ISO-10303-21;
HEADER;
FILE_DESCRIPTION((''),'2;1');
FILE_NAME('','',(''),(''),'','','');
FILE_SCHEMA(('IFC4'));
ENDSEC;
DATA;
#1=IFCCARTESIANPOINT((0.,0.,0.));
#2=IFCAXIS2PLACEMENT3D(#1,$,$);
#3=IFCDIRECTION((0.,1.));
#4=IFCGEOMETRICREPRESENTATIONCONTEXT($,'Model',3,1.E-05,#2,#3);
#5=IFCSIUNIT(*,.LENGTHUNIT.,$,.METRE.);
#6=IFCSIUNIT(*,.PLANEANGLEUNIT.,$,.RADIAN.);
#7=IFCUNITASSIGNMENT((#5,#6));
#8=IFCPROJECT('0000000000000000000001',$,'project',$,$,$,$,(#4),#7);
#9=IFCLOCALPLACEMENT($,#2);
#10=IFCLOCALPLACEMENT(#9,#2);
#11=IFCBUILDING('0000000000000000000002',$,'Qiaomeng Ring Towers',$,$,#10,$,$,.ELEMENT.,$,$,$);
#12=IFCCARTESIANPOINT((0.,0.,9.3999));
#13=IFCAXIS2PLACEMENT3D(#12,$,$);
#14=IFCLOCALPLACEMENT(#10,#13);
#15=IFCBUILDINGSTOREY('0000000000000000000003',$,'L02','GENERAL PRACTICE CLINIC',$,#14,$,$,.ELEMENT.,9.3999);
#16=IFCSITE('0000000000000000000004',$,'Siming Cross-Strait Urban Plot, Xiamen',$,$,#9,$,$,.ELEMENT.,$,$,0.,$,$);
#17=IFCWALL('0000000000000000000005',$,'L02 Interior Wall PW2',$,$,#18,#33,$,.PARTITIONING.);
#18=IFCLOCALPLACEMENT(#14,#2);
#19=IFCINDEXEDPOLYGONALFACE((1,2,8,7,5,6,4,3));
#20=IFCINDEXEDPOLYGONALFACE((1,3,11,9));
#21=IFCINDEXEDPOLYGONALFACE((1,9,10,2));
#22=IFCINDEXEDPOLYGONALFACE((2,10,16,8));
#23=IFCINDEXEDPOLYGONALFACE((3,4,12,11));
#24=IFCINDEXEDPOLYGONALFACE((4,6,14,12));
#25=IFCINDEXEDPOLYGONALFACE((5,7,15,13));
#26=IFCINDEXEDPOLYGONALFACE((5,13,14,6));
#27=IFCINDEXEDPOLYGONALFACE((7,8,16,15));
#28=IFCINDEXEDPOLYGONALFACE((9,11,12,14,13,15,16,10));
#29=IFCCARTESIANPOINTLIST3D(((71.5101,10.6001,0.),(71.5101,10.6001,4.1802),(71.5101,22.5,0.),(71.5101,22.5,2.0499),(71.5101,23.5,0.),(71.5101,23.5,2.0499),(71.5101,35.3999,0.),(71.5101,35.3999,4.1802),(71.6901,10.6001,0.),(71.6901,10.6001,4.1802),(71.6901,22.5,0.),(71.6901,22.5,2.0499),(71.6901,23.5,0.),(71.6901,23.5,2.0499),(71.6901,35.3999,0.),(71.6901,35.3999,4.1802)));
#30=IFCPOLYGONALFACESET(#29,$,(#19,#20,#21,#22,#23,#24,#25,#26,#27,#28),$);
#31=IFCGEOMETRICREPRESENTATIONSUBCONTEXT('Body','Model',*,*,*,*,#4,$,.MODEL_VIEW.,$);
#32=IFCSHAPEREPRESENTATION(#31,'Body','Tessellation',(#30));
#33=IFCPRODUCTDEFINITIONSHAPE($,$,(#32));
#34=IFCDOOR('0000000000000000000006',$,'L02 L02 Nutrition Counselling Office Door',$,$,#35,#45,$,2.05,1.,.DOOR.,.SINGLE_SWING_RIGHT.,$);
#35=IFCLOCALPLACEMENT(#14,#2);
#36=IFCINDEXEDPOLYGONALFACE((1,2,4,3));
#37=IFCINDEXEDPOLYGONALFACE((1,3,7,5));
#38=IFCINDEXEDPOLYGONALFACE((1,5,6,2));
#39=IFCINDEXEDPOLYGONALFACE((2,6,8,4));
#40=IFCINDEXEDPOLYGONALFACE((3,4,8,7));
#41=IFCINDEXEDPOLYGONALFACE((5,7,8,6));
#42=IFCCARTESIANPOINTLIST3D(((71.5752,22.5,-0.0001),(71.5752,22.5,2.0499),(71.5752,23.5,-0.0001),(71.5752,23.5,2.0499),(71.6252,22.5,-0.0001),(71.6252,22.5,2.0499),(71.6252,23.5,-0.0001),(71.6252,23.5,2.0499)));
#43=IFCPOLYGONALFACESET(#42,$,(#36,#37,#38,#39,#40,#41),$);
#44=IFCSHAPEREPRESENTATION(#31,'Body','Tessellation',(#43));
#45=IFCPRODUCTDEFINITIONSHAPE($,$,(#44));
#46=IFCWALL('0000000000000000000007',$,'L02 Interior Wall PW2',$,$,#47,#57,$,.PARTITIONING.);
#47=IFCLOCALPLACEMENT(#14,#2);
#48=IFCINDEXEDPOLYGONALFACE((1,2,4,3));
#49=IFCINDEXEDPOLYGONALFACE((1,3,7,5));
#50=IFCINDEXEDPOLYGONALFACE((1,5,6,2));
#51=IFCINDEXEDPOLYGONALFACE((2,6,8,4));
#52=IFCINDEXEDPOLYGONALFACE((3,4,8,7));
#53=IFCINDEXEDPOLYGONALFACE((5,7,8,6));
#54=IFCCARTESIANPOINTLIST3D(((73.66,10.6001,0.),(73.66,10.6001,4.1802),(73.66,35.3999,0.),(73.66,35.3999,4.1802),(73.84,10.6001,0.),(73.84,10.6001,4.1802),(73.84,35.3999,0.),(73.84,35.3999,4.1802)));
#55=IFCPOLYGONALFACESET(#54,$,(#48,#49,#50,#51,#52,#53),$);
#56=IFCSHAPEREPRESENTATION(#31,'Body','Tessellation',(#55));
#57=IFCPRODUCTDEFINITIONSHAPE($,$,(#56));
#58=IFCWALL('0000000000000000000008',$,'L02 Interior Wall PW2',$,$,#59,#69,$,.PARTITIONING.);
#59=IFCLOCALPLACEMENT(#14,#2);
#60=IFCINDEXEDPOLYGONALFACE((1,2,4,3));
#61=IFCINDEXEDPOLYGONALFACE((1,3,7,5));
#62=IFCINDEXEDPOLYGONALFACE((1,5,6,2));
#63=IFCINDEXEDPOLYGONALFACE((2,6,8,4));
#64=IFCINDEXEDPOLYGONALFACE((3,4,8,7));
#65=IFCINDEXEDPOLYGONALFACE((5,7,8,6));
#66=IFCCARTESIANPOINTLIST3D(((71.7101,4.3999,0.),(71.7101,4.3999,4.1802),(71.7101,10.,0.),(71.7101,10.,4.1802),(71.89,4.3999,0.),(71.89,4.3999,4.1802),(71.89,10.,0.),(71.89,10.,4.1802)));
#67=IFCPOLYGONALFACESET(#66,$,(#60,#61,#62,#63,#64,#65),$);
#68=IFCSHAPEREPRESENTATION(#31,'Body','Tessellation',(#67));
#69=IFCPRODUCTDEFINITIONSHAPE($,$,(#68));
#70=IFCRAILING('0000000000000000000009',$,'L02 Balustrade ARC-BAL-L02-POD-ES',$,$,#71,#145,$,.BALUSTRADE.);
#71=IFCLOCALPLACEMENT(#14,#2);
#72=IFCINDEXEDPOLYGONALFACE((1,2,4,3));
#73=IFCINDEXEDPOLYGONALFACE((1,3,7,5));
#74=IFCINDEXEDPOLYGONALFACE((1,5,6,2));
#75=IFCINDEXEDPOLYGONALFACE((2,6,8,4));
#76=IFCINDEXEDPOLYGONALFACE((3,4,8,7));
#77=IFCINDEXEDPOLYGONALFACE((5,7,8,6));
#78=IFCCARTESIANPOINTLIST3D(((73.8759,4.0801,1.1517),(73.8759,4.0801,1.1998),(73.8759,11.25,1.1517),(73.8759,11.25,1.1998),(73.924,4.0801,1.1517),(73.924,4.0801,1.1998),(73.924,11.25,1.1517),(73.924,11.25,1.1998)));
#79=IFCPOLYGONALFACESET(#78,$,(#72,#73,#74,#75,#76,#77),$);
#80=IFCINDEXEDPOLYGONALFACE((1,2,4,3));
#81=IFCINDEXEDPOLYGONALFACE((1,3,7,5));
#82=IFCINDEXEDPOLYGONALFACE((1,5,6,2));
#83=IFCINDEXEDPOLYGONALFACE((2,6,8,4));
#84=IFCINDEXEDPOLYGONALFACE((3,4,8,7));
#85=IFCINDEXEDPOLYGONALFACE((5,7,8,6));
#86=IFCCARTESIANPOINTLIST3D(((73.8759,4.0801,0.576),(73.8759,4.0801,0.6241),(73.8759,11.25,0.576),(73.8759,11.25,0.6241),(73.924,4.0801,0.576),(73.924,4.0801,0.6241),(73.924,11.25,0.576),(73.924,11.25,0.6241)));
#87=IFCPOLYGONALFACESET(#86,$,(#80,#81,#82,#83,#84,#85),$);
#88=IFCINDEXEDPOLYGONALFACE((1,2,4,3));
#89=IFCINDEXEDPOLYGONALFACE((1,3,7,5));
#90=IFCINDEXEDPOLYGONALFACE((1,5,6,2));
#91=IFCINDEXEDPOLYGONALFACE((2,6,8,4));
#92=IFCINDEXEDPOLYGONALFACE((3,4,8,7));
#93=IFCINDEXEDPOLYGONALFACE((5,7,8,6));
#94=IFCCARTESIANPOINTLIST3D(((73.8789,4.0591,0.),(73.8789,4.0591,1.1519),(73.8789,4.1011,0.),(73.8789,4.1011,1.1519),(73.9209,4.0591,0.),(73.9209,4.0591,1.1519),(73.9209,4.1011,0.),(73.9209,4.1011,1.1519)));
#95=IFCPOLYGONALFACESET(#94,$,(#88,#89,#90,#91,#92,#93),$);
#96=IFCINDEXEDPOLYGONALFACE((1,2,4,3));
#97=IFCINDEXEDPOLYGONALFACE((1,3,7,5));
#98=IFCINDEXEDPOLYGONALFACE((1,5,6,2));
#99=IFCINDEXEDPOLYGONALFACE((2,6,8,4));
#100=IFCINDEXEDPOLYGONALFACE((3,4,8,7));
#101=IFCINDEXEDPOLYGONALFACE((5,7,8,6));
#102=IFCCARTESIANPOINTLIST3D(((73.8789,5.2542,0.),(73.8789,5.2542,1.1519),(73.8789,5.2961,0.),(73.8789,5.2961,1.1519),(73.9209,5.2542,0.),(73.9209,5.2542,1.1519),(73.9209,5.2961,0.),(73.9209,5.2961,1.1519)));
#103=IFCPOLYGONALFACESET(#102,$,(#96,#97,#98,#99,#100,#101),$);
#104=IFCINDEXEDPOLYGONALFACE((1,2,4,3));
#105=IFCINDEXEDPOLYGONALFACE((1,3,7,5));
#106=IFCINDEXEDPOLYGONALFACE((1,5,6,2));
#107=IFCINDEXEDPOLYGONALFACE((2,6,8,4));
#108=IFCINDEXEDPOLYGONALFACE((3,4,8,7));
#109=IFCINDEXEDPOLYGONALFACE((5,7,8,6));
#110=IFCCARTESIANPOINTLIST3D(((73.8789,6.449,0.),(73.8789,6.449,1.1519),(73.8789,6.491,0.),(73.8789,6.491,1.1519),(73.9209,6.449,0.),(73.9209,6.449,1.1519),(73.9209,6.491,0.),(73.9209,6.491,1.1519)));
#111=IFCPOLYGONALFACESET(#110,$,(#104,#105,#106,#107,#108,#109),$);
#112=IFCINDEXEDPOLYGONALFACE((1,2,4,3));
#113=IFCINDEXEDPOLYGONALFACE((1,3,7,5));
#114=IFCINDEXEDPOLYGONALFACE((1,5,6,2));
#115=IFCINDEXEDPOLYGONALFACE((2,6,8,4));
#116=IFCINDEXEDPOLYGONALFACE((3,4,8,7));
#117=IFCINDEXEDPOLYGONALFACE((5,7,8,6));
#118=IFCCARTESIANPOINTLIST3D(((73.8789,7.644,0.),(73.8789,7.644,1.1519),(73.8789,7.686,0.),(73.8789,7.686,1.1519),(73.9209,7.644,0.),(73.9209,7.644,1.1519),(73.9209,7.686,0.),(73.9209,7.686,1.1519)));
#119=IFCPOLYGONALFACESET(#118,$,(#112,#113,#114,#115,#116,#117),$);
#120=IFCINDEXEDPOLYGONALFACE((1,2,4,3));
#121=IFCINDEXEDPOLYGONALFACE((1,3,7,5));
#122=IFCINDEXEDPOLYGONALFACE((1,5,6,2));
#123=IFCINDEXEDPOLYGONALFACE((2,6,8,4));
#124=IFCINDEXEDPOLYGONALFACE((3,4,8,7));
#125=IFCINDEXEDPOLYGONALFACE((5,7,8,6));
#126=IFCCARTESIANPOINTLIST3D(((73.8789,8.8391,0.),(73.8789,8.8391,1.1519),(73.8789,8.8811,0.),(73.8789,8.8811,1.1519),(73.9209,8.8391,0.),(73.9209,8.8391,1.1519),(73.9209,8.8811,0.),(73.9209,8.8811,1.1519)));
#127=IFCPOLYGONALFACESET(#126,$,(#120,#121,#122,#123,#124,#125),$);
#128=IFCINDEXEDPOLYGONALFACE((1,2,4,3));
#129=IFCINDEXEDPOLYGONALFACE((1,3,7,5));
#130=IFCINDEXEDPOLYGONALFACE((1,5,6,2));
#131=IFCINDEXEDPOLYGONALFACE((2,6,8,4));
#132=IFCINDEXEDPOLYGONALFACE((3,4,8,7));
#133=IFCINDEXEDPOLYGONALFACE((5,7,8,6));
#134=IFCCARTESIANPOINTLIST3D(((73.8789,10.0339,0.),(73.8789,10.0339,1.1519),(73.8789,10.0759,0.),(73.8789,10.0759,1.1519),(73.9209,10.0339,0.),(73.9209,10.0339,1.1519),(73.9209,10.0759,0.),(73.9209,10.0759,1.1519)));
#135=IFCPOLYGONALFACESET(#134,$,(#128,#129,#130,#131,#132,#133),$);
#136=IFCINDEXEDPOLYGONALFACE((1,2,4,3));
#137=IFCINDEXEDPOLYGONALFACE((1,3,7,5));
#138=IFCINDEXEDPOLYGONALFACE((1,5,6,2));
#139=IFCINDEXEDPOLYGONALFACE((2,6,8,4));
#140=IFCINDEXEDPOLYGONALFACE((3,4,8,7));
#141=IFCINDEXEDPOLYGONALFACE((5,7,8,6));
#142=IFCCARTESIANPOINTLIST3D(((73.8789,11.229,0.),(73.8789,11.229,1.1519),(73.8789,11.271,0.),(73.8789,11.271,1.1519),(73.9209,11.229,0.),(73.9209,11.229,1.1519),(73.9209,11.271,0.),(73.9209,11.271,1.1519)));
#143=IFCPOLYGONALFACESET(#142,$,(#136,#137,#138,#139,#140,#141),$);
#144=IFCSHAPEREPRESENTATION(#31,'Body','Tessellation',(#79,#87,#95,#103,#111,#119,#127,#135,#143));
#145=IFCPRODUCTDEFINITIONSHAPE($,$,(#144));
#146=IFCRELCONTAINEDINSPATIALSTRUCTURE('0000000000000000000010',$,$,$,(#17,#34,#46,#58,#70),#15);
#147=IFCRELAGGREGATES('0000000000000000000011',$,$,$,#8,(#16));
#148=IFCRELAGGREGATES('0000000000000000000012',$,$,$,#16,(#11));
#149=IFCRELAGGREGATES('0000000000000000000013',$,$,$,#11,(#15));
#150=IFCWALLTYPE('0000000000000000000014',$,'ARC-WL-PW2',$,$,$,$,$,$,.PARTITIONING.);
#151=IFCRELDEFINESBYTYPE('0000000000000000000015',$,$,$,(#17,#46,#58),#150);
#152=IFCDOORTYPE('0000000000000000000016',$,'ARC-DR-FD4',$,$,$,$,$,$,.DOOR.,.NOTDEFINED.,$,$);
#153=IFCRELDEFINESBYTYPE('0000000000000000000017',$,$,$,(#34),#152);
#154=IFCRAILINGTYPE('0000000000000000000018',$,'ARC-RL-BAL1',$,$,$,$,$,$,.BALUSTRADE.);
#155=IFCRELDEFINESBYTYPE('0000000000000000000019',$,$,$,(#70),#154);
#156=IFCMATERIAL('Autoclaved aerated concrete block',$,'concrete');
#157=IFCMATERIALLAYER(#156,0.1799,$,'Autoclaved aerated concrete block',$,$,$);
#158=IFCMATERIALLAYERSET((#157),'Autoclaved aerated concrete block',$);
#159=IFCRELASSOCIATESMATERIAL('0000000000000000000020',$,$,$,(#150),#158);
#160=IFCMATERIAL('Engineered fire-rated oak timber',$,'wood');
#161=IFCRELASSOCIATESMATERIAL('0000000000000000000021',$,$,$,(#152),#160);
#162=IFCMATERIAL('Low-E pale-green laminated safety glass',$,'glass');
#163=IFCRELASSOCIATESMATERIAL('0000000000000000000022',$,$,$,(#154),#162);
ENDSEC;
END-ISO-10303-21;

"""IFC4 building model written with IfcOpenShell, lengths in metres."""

from ifc_helpers import new_model, si_unit, direction, frame, frame_2d, origin, origin_2d, place, context, subcontext, project, spatial, rectangle, extrude, source, transform, mapped, material, layer, layer_set, type_object, element, fill, save


model = new_model("IFC4")

# Units and contexts
model_context = context("Model", 3, precision=1e-05, world=origin(), true_north=direction((0.0, 1.0)))
body_context = subcontext(model_context, "Body", "Model", "MODEL_VIEW")
ifc_project = project(units=[si_unit("LENGTHUNIT", "METRE"), si_unit("PLANEANGLEUNIT", "RADIAN")], contexts=[model_context])

# Site, building, storey
site_placement = place(None, origin())
site = spatial("IfcSite", under=ifc_project, at=site_placement, Name="Siming Cross-Strait Urban Plot, Xiamen", CompositionType="ELEMENT", RefElevation=0.0)
building_placement = place(site_placement, origin())
building = spatial("IfcBuilding", under=site, at=building_placement, Name="Qiaomeng Ring Towers", CompositionType="ELEMENT")
storey_placement = place(building_placement, frame((0.0, 0.0, 9.3999)))
storey = spatial("IfcBuildingStorey", under=building, at=storey_placement, Name="L02", Description="GENERAL PRACTICE CLINIC", CompositionType="ELEMENT", Elevation=9.3999)

# Shared definitions
ifc_material_1 = material(Name="Low-E pale-green laminated safety glass", Category="glass")

# Shared definitions
ifc_material_2 = material(Name="Autoclaved aerated concrete block", Category="concrete")

# Shared definitions
ifc_layer_1 = layer(ifc_material_2, 0.1799, Name="Autoclaved aerated concrete block")
ifc_layer_set_1 = layer_set([ifc_layer_1], Name="Autoclaved aerated concrete block")
wall_type_1 = type_object("IfcWallType", Name="ARC-WL-PW2", PredefinedType="PARTITIONING", material=ifc_layer_set_1)
ifc_material_3 = material(Name="Engineered fire-rated oak timber", Category="wood")
door_type = type_object("IfcDoorType", Name="ARC-DR-FD4", OperationType="NOTDEFINED", PredefinedType="DOOR", material=ifc_material_3)
shared_shape_1 = source(origin(), body_context, "Body", "SweptSolid", [
    extrude(rectangle(XDim=1.0, YDim=2.05, at=frame_2d((0.5, 1.0249))), frame((0.0, 0.0249, 0.0), z_axis=(0.0, -1.0, 0.0), x_axis=(1.0, 0.0, 0.0)), (0.0, 0.0, 1.0), 0.05),
])

# Wall, opening, door
wall_1_placement = place(storey_placement, frame((71.6001, 10.6001, 0.0), z_axis=(0.0, 0.0, 1.0), x_axis=(0.0, 1.0, 0.0)))
wall_1 = element("IfcWall", 1, at=wall_1_placement, inside=storey, type_object=wall_type_1, Name="L02 Interior Wall PW2", PredefinedType="PARTITIONING", context=body_context, shape_type="SweptSolid", body=[
    extrude(rectangle(XDim=24.7998, YDim=0.1799, at=frame_2d((12.3999, 0.0))), origin(), (0.0, 0.0, 1.0), 4.1802),
])
opening_1_placement = place(wall_1_placement, frame((11.8999, 0.0, 0.0)))
opening_1 = element("IfcOpeningElement", 2, at=opening_1_placement, cuts=wall_1, PredefinedType="OPENING", context=body_context, shape_type="SweptSolid", body=[
    extrude(rectangle(XDim=1.0, YDim=2.05, at=frame_2d((0.5, 1.0249))), frame((0.0, 0.0999, 0.0), z_axis=(0.0, -1.0, 0.0), x_axis=(1.0, 0.0, 0.0)), (0.0, 0.0, 1.0), 0.2),
])
door_1_placement = place(opening_1_placement, origin())
door_1 = element("IfcDoor", 3, at=door_1_placement, inside=storey, type_object=door_type, Name="L02 L02 Nutrition Counselling Office Door", OperationType="SINGLE_SWING_RIGHT", OverallHeight=2.05, OverallWidth=1.0, PredefinedType="DOOR", context=body_context, shape_type="MappedRepresentation", body=[
    mapped(shared_shape_1, transform((0.0, 0.0, 0.0), x_axis=(1.0, 0.0, 0.0), y_axis=(0.0, 1.0, 0.0), z_axis=(0.0, 0.0, 1.0), scale=1.0)),
])
fill(opening_1, door_1)

# Walls
wall_2_placement = place(storey_placement, frame((73.75, 10.6001, 0.0), z_axis=(0.0, 0.0, 1.0), x_axis=(0.0, 1.0, 0.0)))
element("IfcWall", 4, at=wall_2_placement, inside=storey, type_object=wall_type_1, Name="L02 Interior Wall PW2", PredefinedType="PARTITIONING", context=body_context, shape_type="SweptSolid", body=[
    extrude(rectangle(XDim=24.7998, YDim=0.1799, at=frame_2d((12.3999, 0.0))), origin(), (0.0, 0.0, 1.0), 4.1802),
])
wall_3_placement = place(storey_placement, frame((71.8, 4.3999, 0.0), z_axis=(0.0, 0.0, 1.0), x_axis=(0.0, 1.0, 0.0)))
element("IfcWall", 5, at=wall_3_placement, inside=storey, type_object=wall_type_1, Name="L02 Interior Wall PW2", PredefinedType="PARTITIONING", context=body_context, shape_type="SweptSolid", body=[
    extrude(rectangle(XDim=5.6001, YDim=0.1799, at=frame_2d((2.8, 0.0))), origin(), (0.0, 0.0, 1.0), 4.1802),
])

# Railing
railing_type = type_object("IfcRailingType", Name="ARC-RL-BAL1", PredefinedType="BALUSTRADE", material=ifc_material_1)
railing_placement = place(storey_placement, frame((73.8999, 4.0801, 0.0)))
element("IfcRailing", 6, at=railing_placement, inside=storey, type_object=railing_type, Name="L02 Balustrade ARC-BAL-L02-POD-ES", PredefinedType="BALUSTRADE", context=body_context, shape_type="SweptSolid", body=[
    extrude(rectangle(XDim=0.0481, YDim=0.0481, at=origin_2d()), frame((0.0, 0.0, 1.1758), z_axis=(0.0, 1.0, 0.0), x_axis=(-1.0, 0.0, 0.0)), (0.0, 0.0, 1.0), 7.1699),
    extrude(rectangle(XDim=0.0481, YDim=0.0481, at=origin_2d()), frame((0.0, 0.0, 0.6001), z_axis=(0.0, 1.0, 0.0), x_axis=(-1.0, 0.0, 0.0)), (0.0, 0.0, 1.0), 7.1699),
    extrude(rectangle(XDim=0.042, YDim=0.042, at=origin_2d()), origin(), (0.0, 0.0, 1.0), 1.1519),
    extrude(rectangle(XDim=0.042, YDim=0.042, at=origin_2d()), frame((0.0, 1.1951, 0.0)), (0.0, 0.0, 1.0), 1.1519),
    extrude(rectangle(XDim=0.042, YDim=0.042, at=origin_2d()), frame((0.0, 2.3899, 0.0)), (0.0, 0.0, 1.0), 1.1519),
    extrude(rectangle(XDim=0.042, YDim=0.042, at=origin_2d()), frame((0.0, 3.585, 0.0)), (0.0, 0.0, 1.0), 1.1519),
    extrude(rectangle(XDim=0.042, YDim=0.042, at=origin_2d()), frame((0.0, 4.78, 0.0)), (0.0, 0.0, 1.0), 1.1519),
    extrude(rectangle(XDim=0.042, YDim=0.042, at=origin_2d()), frame((0.0, 5.9749, 0.0)), (0.0, 0.0, 1.0), 1.1519),
    extrude(rectangle(XDim=0.042, YDim=0.042, at=origin_2d()), frame((0.0, 7.1699, 0.0)), (0.0, 0.0, 1.0), 1.1519),
])

save(model, "model.ifc")
